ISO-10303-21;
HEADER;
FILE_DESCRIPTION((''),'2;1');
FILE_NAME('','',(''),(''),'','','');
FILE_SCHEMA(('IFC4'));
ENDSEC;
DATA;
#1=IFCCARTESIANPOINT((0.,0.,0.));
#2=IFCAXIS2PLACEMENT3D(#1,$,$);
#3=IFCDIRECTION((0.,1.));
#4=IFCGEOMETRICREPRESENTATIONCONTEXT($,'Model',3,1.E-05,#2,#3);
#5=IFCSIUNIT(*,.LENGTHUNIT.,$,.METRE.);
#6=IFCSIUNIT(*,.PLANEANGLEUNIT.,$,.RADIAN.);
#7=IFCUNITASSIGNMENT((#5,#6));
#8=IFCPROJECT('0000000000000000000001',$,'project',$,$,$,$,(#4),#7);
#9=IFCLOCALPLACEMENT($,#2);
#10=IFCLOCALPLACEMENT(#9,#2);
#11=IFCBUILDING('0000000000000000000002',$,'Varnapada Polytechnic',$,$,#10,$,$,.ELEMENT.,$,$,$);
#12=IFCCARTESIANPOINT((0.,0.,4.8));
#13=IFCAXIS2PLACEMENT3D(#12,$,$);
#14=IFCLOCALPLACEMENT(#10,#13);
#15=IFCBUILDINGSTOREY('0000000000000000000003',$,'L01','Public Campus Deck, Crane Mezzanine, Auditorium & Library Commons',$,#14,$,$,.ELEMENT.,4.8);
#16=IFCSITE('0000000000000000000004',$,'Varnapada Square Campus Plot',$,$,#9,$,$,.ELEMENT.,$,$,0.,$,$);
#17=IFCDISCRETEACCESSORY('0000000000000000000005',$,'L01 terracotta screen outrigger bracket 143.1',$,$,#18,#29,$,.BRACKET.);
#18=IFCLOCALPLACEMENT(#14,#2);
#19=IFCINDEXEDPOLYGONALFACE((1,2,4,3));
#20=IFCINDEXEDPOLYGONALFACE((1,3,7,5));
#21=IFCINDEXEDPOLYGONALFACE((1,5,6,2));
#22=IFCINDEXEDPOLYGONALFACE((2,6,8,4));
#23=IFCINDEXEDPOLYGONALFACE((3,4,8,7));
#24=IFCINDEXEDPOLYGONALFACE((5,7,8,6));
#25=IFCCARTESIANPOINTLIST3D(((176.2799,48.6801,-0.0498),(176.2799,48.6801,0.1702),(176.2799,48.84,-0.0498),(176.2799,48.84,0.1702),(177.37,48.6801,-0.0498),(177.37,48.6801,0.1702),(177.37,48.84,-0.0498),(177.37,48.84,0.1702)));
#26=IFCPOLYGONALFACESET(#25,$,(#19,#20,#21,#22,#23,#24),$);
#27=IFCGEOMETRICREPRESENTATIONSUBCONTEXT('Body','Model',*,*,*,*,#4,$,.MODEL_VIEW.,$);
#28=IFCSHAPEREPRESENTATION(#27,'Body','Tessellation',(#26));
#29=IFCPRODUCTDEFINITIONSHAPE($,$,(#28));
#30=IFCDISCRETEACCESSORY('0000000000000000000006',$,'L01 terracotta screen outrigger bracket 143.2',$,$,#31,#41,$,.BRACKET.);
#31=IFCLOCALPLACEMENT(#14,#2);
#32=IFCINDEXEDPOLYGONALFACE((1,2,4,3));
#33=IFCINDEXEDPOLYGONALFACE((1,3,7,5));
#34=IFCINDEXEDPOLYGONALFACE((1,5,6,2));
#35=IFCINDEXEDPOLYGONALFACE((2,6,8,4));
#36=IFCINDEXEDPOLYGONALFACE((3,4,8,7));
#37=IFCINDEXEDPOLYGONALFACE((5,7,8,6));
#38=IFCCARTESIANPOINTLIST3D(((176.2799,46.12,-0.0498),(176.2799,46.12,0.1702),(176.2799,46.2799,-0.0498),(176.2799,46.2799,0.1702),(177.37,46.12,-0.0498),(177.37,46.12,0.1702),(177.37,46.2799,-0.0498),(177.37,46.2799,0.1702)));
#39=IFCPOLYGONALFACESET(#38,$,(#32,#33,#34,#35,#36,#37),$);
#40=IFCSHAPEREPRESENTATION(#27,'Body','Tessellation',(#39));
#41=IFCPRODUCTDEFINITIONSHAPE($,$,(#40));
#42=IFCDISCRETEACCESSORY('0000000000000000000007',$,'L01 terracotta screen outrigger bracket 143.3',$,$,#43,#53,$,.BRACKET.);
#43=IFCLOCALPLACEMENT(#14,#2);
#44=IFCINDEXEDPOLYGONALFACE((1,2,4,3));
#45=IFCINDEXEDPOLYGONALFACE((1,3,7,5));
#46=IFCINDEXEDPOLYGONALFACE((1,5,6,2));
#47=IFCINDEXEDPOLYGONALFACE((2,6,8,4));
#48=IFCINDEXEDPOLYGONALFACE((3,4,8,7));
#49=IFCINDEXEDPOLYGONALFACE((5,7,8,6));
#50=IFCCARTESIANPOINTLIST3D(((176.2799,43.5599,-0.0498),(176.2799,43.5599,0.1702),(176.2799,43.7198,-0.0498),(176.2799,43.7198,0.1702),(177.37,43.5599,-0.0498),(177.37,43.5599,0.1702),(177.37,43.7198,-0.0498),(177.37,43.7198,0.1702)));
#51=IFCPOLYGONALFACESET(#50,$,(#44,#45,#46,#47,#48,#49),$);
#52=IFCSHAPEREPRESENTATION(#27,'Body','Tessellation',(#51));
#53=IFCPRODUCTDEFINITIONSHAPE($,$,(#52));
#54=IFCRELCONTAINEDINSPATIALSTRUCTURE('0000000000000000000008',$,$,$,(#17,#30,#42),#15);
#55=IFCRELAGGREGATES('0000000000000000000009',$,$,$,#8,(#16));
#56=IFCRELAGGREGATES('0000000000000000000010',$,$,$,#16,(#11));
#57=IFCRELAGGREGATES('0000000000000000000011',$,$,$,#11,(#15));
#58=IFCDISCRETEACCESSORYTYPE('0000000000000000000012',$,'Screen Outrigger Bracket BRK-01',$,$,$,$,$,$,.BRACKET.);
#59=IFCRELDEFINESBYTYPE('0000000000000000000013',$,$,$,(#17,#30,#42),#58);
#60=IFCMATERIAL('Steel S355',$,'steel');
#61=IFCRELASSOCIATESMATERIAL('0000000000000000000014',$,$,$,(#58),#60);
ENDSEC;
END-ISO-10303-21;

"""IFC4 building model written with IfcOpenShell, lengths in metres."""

from ifc_helpers import new_model, si_unit, direction, frame, origin, origin_2d, place, context, subcontext, project, spatial, rectangle, extrude, material, type_object, element, save


model = new_model("IFC4")

# Units and contexts
model_context = context("Model", 3, precision=1e-05, world=origin(), true_north=direction((0.0, 1.0)))
body_context = subcontext(model_context, "Body", "Model", "MODEL_VIEW")
ifc_project = project(units=[si_unit("LENGTHUNIT", "METRE"), si_unit("PLANEANGLEUNIT", "RADIAN")], contexts=[model_context])

# Site, building, storey
site_placement = place(None, origin())
site = spatial("IfcSite", under=ifc_project, at=site_placement, Name="Varnapada Square Campus Plot", CompositionType="ELEMENT", RefElevation=0.0)
building_placement = place(site_placement, origin())
building = spatial("IfcBuilding", under=site, at=building_placement, Name="Varnapada Polytechnic", CompositionType="ELEMENT")
storey_placement = place(building_placement, frame((0.0, 0.0, 4.8)))
storey = spatial("IfcBuildingStorey", under=building, at=storey_placement, Name="L01", Description="Public Campus Deck, Crane Mezzanine, Auditorium & Library Commons", CompositionType="ELEMENT", Elevation=4.8)

# Shared definitions
ifc_material_1 = material(Name="Steel S355", Category="steel")

# Discrete accessories
discrete_accessory_type = type_object("IfcDiscreteAccessoryType", Name="Screen Outrigger Bracket BRK-01", PredefinedType="BRACKET", material=ifc_material_1)
for number, where, z_axis, x_axis, name in (
    (1, (176.825, 48.76, -0.0498), (0.0, 0.0, 1.0), (0.0, -1.0, 0.0), "L01 terracotta screen outrigger bracket 143.1"),
    (2, (176.825, 46.2, -0.0498), (0.0, 0.0, 1.0), (0.0, -1.0, 0.0), "L01 terracotta screen outrigger bracket 143.2"),
    (3, (176.825, 43.6399, -0.0498), (0.0, 0.0, 1.0), (0.0, -1.0, 0.0), "L01 terracotta screen outrigger bracket 143.3"),
):
    element("IfcDiscreteAccessory", number, at=place(storey_placement, frame(where, z_axis=z_axis, x_axis=x_axis)), inside=storey, type_object=discrete_accessory_type, Name=name, PredefinedType="BRACKET", context=body_context, shape_type="SweptSolid", body=[
        extrude(rectangle(XDim=0.1599, YDim=1.0901, at=origin_2d()), origin(), (0.0, 0.0, 1.0), 0.22),
    ])

save(model, "model.ifc")
